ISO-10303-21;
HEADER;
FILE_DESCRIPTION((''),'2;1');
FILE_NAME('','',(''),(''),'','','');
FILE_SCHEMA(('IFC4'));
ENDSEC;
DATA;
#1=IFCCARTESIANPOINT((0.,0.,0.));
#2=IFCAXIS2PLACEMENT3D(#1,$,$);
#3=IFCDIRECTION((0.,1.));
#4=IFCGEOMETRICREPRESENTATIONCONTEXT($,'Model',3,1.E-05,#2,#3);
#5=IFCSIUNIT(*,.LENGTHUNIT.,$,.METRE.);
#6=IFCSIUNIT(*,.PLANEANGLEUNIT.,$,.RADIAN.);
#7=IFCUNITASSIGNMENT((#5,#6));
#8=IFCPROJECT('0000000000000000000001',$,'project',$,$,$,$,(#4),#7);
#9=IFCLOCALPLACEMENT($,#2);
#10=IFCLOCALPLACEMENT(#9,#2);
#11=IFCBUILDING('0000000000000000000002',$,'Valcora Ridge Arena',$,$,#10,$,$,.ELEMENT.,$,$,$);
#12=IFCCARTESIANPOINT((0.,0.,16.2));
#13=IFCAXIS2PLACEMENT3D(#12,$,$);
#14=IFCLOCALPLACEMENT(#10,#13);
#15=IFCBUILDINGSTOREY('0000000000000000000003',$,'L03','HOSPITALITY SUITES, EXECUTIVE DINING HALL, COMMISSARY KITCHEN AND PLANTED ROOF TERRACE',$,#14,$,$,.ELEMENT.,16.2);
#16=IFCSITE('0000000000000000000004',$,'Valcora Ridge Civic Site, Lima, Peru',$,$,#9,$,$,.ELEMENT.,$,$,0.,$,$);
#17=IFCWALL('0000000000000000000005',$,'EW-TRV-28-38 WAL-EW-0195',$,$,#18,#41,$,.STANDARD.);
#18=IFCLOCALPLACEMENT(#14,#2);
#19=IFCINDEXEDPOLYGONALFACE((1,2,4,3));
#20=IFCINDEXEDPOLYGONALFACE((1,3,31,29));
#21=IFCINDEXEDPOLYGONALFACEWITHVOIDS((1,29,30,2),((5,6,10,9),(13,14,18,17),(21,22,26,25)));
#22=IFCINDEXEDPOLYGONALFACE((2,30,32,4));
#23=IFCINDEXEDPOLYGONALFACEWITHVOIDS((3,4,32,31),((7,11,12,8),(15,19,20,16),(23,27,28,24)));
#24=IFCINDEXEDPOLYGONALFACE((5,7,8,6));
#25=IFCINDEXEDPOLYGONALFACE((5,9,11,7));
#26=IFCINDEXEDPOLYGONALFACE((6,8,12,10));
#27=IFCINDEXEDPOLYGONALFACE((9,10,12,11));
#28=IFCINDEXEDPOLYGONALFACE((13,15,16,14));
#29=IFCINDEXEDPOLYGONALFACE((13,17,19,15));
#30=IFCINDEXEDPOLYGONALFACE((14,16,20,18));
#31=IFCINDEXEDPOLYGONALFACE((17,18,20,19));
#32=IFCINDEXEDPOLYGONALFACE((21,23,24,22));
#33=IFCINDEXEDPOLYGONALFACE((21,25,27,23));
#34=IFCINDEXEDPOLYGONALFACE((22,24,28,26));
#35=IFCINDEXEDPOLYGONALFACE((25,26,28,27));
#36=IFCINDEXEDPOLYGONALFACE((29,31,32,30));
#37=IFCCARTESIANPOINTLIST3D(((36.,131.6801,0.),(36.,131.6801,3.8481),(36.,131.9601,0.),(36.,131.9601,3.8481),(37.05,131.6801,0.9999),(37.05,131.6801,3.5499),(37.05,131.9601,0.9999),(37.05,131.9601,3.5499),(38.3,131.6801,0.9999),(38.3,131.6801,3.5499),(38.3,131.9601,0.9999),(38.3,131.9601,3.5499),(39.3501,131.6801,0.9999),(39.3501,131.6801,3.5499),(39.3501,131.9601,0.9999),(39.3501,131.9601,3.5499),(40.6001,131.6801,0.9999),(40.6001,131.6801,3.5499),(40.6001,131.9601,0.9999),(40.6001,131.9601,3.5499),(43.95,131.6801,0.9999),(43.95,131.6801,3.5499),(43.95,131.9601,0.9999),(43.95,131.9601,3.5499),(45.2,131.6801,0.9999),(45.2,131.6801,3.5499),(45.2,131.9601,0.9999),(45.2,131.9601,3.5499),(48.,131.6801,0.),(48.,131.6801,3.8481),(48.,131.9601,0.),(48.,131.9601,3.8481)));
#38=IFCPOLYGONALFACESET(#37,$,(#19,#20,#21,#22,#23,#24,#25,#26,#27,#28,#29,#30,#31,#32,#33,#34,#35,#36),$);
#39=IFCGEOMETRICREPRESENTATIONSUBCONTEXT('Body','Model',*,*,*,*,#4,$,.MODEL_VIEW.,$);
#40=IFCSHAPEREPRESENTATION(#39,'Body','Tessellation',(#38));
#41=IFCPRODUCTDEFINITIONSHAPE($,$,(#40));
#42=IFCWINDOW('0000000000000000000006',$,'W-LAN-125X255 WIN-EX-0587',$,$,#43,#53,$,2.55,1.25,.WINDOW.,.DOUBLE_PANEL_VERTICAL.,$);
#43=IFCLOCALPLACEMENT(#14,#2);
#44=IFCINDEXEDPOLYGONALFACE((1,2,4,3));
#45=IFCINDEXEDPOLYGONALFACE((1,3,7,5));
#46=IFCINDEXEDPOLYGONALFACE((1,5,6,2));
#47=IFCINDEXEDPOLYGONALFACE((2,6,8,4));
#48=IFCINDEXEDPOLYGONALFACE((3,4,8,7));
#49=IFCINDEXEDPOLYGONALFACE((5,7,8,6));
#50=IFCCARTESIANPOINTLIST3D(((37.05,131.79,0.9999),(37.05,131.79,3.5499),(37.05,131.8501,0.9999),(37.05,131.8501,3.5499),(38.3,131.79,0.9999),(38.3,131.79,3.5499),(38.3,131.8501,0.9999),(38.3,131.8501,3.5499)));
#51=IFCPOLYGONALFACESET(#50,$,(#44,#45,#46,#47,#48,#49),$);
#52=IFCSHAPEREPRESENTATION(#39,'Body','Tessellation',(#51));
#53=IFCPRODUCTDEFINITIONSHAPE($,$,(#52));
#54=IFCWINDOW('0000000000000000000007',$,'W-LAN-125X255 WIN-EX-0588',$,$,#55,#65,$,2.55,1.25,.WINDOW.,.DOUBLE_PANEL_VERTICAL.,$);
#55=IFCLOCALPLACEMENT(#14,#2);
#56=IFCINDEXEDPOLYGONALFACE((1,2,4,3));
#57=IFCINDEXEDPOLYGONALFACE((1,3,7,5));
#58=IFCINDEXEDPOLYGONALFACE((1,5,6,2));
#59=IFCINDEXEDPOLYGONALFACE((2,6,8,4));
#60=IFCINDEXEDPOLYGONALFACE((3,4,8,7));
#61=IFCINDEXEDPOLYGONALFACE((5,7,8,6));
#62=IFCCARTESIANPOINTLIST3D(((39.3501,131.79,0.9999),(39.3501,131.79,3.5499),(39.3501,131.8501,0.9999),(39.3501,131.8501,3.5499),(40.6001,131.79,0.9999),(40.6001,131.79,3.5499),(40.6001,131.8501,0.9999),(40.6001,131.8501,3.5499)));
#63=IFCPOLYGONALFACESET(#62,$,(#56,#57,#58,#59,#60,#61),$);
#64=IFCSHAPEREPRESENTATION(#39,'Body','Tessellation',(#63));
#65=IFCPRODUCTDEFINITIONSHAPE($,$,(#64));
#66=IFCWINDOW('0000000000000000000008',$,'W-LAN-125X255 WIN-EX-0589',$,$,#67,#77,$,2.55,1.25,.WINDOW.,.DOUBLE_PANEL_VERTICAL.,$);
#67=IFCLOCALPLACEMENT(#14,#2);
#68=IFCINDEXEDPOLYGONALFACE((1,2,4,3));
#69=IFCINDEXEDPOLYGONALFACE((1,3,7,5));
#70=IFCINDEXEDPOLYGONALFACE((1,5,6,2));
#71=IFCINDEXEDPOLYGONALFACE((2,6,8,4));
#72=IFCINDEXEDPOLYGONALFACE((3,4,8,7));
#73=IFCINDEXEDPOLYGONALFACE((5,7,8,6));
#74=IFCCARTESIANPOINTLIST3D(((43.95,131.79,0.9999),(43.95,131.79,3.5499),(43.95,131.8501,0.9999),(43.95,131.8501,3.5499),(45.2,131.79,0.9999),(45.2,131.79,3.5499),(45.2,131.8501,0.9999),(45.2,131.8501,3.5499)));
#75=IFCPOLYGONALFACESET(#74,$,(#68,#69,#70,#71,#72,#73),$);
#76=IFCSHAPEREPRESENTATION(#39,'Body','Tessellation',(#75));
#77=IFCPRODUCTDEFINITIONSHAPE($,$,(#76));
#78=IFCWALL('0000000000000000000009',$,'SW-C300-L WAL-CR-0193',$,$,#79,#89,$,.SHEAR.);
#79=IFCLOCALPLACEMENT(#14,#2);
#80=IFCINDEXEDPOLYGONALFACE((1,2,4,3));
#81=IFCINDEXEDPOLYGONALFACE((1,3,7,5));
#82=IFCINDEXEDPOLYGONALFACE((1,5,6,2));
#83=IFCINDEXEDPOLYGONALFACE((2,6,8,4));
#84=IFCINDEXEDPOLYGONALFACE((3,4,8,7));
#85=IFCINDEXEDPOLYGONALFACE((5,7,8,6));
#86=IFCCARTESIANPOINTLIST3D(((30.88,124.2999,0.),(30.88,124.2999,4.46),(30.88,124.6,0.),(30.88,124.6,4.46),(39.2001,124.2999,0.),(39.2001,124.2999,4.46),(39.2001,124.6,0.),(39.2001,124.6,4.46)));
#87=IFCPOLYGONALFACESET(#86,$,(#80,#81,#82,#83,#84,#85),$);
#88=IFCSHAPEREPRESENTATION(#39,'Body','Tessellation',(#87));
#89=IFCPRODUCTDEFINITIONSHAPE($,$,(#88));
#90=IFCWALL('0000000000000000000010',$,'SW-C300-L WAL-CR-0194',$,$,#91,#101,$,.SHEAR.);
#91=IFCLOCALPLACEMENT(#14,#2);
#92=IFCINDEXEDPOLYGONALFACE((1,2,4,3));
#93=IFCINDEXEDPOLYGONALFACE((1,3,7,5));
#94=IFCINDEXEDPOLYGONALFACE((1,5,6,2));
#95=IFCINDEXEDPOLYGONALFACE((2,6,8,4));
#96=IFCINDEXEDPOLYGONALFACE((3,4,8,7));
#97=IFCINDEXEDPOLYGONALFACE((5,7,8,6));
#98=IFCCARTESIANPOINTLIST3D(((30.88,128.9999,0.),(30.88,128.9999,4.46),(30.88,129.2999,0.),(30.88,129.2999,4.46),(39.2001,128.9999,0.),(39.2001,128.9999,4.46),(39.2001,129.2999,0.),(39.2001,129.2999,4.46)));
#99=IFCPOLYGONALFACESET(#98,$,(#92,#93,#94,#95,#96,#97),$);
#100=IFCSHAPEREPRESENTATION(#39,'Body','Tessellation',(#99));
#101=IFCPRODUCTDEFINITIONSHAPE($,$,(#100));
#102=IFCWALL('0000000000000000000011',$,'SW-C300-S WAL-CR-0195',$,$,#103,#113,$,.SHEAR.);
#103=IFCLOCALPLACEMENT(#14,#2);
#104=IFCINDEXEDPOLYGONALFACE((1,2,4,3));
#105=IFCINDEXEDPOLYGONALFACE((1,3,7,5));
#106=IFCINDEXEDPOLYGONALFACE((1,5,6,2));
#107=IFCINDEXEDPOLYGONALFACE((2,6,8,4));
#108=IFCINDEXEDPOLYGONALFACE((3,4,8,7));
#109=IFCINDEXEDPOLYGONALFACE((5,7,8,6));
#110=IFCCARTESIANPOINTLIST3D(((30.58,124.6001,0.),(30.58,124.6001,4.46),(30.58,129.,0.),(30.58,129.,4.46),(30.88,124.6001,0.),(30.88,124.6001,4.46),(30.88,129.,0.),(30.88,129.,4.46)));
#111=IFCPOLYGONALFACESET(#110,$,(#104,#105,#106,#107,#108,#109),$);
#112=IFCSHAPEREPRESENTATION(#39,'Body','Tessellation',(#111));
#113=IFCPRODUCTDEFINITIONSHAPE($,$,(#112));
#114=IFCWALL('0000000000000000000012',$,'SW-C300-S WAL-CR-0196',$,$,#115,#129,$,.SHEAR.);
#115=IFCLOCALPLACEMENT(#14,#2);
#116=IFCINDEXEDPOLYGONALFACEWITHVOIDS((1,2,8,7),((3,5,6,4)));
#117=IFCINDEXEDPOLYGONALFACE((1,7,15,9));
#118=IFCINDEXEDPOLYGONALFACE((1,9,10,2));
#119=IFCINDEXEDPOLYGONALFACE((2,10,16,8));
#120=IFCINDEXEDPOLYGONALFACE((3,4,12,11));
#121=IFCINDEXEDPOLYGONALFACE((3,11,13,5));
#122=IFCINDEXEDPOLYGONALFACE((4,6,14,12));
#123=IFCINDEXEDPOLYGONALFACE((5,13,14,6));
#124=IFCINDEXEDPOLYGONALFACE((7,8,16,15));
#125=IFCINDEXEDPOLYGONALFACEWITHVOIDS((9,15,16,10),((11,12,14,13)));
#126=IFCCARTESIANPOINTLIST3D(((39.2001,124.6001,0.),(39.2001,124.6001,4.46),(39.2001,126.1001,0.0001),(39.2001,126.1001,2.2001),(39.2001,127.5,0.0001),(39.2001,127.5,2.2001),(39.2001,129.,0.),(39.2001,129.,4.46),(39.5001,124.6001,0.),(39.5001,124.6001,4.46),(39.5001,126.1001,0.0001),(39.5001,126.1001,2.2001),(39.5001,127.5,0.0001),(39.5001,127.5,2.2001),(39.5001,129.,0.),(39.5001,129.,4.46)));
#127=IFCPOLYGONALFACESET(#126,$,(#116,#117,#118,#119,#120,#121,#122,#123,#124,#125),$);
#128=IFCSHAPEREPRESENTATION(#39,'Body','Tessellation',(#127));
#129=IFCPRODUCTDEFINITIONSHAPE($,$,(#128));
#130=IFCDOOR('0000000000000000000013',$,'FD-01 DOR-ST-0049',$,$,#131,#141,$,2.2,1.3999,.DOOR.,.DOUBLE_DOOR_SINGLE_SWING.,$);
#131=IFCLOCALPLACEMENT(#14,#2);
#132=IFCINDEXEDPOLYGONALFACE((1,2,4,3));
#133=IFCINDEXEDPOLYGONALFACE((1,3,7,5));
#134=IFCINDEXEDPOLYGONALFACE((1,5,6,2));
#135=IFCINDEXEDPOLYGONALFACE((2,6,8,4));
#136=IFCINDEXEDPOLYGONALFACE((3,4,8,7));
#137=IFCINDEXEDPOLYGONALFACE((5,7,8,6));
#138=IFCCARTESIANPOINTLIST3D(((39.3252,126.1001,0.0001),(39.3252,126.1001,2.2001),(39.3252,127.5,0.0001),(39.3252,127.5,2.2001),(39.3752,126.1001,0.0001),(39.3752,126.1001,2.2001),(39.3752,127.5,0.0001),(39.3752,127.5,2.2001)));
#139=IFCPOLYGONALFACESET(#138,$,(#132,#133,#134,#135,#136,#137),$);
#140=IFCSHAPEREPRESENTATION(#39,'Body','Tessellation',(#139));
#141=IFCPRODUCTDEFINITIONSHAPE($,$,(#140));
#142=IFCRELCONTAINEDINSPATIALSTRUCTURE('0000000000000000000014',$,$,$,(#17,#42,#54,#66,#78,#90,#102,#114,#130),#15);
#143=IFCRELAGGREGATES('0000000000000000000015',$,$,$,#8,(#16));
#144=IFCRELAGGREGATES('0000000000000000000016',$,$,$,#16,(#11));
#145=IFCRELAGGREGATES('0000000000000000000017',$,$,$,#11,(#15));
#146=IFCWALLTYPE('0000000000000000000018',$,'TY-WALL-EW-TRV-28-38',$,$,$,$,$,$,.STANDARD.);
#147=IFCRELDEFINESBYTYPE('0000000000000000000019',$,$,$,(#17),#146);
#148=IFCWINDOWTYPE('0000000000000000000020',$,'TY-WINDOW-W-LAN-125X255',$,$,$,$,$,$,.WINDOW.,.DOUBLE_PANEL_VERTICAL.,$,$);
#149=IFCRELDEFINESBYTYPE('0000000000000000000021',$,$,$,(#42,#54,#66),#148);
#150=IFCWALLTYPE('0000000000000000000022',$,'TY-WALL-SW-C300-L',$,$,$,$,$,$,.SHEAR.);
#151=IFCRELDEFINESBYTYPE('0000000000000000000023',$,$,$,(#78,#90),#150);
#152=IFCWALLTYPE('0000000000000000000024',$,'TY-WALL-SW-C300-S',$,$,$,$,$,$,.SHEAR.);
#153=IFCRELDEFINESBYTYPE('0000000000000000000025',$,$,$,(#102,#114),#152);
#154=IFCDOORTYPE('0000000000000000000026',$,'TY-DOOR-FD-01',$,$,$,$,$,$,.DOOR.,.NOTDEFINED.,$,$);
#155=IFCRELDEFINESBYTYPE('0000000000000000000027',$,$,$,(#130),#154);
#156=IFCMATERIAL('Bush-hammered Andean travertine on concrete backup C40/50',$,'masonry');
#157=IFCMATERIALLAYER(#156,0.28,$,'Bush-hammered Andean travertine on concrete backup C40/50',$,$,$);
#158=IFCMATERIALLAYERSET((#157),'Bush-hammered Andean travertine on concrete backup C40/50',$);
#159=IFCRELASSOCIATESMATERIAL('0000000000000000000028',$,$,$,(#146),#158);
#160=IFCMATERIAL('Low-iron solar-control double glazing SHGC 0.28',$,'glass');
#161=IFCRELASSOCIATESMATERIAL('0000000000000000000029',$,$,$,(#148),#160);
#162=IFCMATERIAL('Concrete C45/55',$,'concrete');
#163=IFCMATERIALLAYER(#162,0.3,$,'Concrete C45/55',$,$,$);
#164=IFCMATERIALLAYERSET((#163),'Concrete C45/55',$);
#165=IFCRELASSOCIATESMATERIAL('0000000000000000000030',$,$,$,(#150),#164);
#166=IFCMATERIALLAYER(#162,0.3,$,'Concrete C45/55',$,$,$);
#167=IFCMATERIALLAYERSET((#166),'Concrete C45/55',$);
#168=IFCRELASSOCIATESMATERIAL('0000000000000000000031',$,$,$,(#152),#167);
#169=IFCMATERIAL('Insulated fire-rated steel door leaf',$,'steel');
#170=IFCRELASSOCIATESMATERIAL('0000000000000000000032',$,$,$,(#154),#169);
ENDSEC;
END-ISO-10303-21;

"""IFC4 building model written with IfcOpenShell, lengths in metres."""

from ifc_helpers import new_model, si_unit, direction, frame, frame_2d, origin, place, context, subcontext, project, spatial, rectangle, extrude, material, layer, layer_set, type_object, element, fill, save


model = new_model("IFC4")

# Units and contexts
model_context = context("Model", 3, precision=1e-05, world=origin(), true_north=direction((0.0, 1.0)))
body_context = subcontext(model_context, "Body", "Model", "MODEL_VIEW")
ifc_project = project(units=[si_unit("LENGTHUNIT", "METRE"), si_unit("PLANEANGLEUNIT", "RADIAN")], contexts=[model_context])

# Site, building, storey
site_placement = place(None, origin())
site = spatial("IfcSite", under=ifc_project, at=site_placement, Name="Valcora Ridge Civic Site, Lima, Peru", CompositionType="ELEMENT", RefElevation=0.0)
building_placement = place(site_placement, origin())
building = spatial("IfcBuilding", under=site, at=building_placement, Name="Valcora Ridge Arena", CompositionType="ELEMENT")
storey_placement = place(building_placement, frame((0.0, 0.0, 16.2)))
storey = spatial("IfcBuildingStorey", under=building, at=storey_placement, Name="L03", Description="HOSPITALITY SUITES, EXECUTIVE DINING HALL, COMMISSARY KITCHEN AND PLANTED ROOF TERRACE", CompositionType="ELEMENT", Elevation=16.2)

# Wall, openings, windows
ifc_material_1 = material(Name="Bush-hammered Andean travertine on concrete backup C40/50", Category="masonry")
ifc_layer_1 = layer(ifc_material_1, 0.28, Name="Bush-hammered Andean travertine on concrete backup C40/50")
ifc_layer_set_1 = layer_set([ifc_layer_1], Name="Bush-hammered Andean travertine on concrete backup C40/50")
wall_type_1 = type_object("IfcWallType", Name="TY-WALL-EW-TRV-28-38", PredefinedType="STANDARD", material=ifc_layer_set_1)
ifc_material_2 = material(Name="Low-iron solar-control double glazing SHGC 0.28", Category="glass")
window_type = type_object("IfcWindowType", Name="TY-WINDOW-W-LAN-125X255", PartitioningType="DOUBLE_PANEL_VERTICAL", PredefinedType="WINDOW", material=ifc_material_2)
wall_1_placement = place(storey_placement, frame((36.0, 131.8201, 0.0), z_axis=(0.0, 0.0, 1.0), x_axis=(1.0, 0.0, 0.0)))
wall_1 = element("IfcWall", 1, at=wall_1_placement, inside=storey, type_object=wall_type_1, Name="EW-TRV-28-38 WAL-EW-0195", PredefinedType="STANDARD", context=body_context, shape_type="SweptSolid", body=[
    extrude(rectangle(XDim=12.0, YDim=0.28, at=frame_2d((6.0, 0.0))), origin(), (0.0, 0.0, 1.0), 3.8481),
])
opening_1_placement = place(wall_1_placement, frame((1.05, 0.0, 1.0)))
opening_1 = element("IfcOpeningElement", 2, at=opening_1_placement, cuts=wall_1, PredefinedType="OPENING", context=body_context, shape_type="SweptSolid", body=[
    extrude(rectangle(XDim=1.25, YDim=2.55, at=frame_2d((0.625, 1.2749))), frame((0.0, 0.1499, 0.0), z_axis=(0.0, -1.0, 0.0), x_axis=(1.0, 0.0, 0.0)), (0.0, 0.0, 1.0), 0.3),
])
opening_2_placement = place(wall_1_placement, frame((3.3501, 0.0, 1.0)))
opening_2 = element("IfcOpeningElement", 3, at=opening_2_placement, cuts=wall_1, PredefinedType="OPENING", context=body_context, shape_type="SweptSolid", body=[
    extrude(rectangle(XDim=1.25, YDim=2.55, at=frame_2d((0.625, 1.2749))), frame((0.0, 0.1499, 0.0), z_axis=(0.0, -1.0, 0.0), x_axis=(1.0, 0.0, 0.0)), (0.0, 0.0, 1.0), 0.3),
])
opening_3_placement = place(wall_1_placement, frame((7.95, 0.0, 1.0)))
opening_3 = element("IfcOpeningElement", 4, at=opening_3_placement, cuts=wall_1, PredefinedType="OPENING", context=body_context, shape_type="SweptSolid", body=[
    extrude(rectangle(XDim=1.25, YDim=2.55, at=frame_2d((0.625, 1.2749))), frame((0.0, 0.1499, 0.0), z_axis=(0.0, -1.0, 0.0), x_axis=(1.0, 0.0, 0.0)), (0.0, 0.0, 1.0), 0.3),
])
window_1_placement = place(opening_1_placement, origin())
window_1 = element("IfcWindow", 5, at=window_1_placement, inside=storey, type_object=window_type, Name="W-LAN-125X255 WIN-EX-0587", OverallHeight=2.55, OverallWidth=1.25, PartitioningType="DOUBLE_PANEL_VERTICAL", PredefinedType="WINDOW", context=body_context, shape_type="SweptSolid", body=[
    extrude(rectangle(XDim=1.25, YDim=2.55, at=frame_2d((0.625, 1.2749))), frame((0.0, 0.03, 0.0), z_axis=(0.0, -1.0, 0.0), x_axis=(1.0, 0.0, 0.0)), (0.0, 0.0, 1.0), 0.0601),
])
fill(opening_1, window_1)
window_2_placement = place(opening_2_placement, origin())
window_2 = element("IfcWindow", 6, at=window_2_placement, inside=storey, type_object=window_type, Name="W-LAN-125X255 WIN-EX-0588", OverallHeight=2.55, OverallWidth=1.25, PartitioningType="DOUBLE_PANEL_VERTICAL", PredefinedType="WINDOW", context=body_context, shape_type="SweptSolid", body=[
    extrude(rectangle(XDim=1.25, YDim=2.55, at=frame_2d((0.625, 1.2749))), frame((0.0, 0.03, 0.0), z_axis=(0.0, -1.0, 0.0), x_axis=(1.0, 0.0, 0.0)), (0.0, 0.0, 1.0), 0.0601),
])
fill(opening_2, window_2)
window_3_placement = place(opening_3_placement, origin())
window_3 = element("IfcWindow", 7, at=window_3_placement, inside=storey, type_object=window_type, Name="W-LAN-125X255 WIN-EX-0589", OverallHeight=2.55, OverallWidth=1.25, PartitioningType="DOUBLE_PANEL_VERTICAL", PredefinedType="WINDOW", context=body_context, shape_type="SweptSolid", body=[
    extrude(rectangle(XDim=1.25, YDim=2.55, at=frame_2d((0.625, 1.2749))), frame((0.0, 0.03, 0.0), z_axis=(0.0, -1.0, 0.0), x_axis=(1.0, 0.0, 0.0)), (0.0, 0.0, 1.0), 0.0601),
])
fill(opening_3, window_3)

# Walls
ifc_material_3 = material(Name="Concrete C45/55", Category="concrete")
ifc_layer_2 = layer(ifc_material_3, 0.3, Name="Concrete C45/55")
ifc_layer_set_2 = layer_set([ifc_layer_2], Name="Concrete C45/55")
wall_type_2 = type_object("IfcWallType", Name="TY-WALL-SW-C300-L", PredefinedType="SHEAR", material=ifc_layer_set_2)
for number, where, z_axis, x_axis, name in (
    (8, (30.8799, 124.45, 0.0), (0.0, 0.0, 1.0), (1.0, 0.0, 0.0), "SW-C300-L WAL-CR-0193"),
    (9, (30.8799, 129.1499, 0.0), (0.0, 0.0, 1.0), (1.0, 0.0, 0.0), "SW-C300-L WAL-CR-0194"),
):
    element("IfcWall", number, at=place(storey_placement, frame(where, z_axis=z_axis, x_axis=x_axis)), inside=storey, type_object=wall_type_2, Name=name, PredefinedType="SHEAR", context=body_context, shape_type="SweptSolid", body=[
        extrude(rectangle(XDim=8.3201, YDim=0.3, at=frame_2d((4.1602, 0.0))), origin(), (0.0, 0.0, 1.0), 4.46),
    ])
ifc_layer_3 = layer(ifc_material_3, 0.3, Name="Concrete C45/55")
ifc_layer_set_3 = layer_set([ifc_layer_3], Name="Concrete C45/55")
wall_type_3 = type_object("IfcWallType", Name="TY-WALL-SW-C300-S", PredefinedType="SHEAR", material=ifc_layer_set_3)
wall_2_placement = place(storey_placement, frame((30.73, 124.6001, 0.0), z_axis=(0.0, 0.0, 1.0), x_axis=(0.0, 1.0, 0.0)))
element("IfcWall", 10, at=wall_2_placement, inside=storey, type_object=wall_type_3, Name="SW-C300-S WAL-CR-0195", PredefinedType="SHEAR", context=body_context, shape_type="SweptSolid", body=[
    extrude(rectangle(XDim=4.3999, YDim=0.3, at=frame_2d((2.2, 0.0))), origin(), (0.0, 0.0, 1.0), 4.46),
])

# Wall, opening, door
wall_3_placement = place(storey_placement, frame((39.3501, 124.6001, 0.0), z_axis=(0.0, 0.0, 1.0), x_axis=(0.0, 1.0, 0.0)))
wall_3 = element("IfcWall", 11, at=wall_3_placement, inside=storey, type_object=wall_type_3, Name="SW-C300-S WAL-CR-0196", PredefinedType="SHEAR", context=body_context, shape_type="SweptSolid", body=[
    extrude(rectangle(XDim=4.3999, YDim=0.3, at=frame_2d((2.2, 0.0))), origin(), (0.0, 0.0, 1.0), 4.46),
])
opening_4_placement = place(wall_3_placement, frame((1.5, 0.0, 0.0)))
opening_4 = element("IfcOpeningElement", 12, at=opening_4_placement, cuts=wall_3, PredefinedType="OPENING", context=body_context, shape_type="SweptSolid", body=[
    extrude(rectangle(XDim=1.3999, YDim=2.2, at=frame_2d((0.7, 1.1001))), frame((0.0, 0.1599, 0.0), z_axis=(0.0, -1.0, 0.0), x_axis=(1.0, 0.0, 0.0)), (0.0, 0.0, 1.0), 0.3201),
])
ifc_material_4 = material(Name="Insulated fire-rated steel door leaf", Category="steel")
door_type = type_object("IfcDoorType", Name="TY-DOOR-FD-01", OperationType="NOTDEFINED", PredefinedType="DOOR", material=ifc_material_4)
door_placement = place(opening_4_placement, origin())
door = element("IfcDoor", 13, at=door_placement, inside=storey, type_object=door_type, Name="FD-01 DOR-ST-0049", OperationType="DOUBLE_DOOR_SINGLE_SWING", OverallHeight=2.2, OverallWidth=1.3999, PredefinedType="DOOR", context=body_context, shape_type="SweptSolid", body=[
    extrude(rectangle(XDim=1.3999, YDim=2.2, at=frame_2d((0.7, 1.1001))), frame((0.0, 0.0249, 0.0), z_axis=(0.0, -1.0, 0.0), x_axis=(1.0, 0.0, 0.0)), (0.0, 0.0, 1.0), 0.05),
])
fill(opening_4, door)

save(model, "model.ifc")
